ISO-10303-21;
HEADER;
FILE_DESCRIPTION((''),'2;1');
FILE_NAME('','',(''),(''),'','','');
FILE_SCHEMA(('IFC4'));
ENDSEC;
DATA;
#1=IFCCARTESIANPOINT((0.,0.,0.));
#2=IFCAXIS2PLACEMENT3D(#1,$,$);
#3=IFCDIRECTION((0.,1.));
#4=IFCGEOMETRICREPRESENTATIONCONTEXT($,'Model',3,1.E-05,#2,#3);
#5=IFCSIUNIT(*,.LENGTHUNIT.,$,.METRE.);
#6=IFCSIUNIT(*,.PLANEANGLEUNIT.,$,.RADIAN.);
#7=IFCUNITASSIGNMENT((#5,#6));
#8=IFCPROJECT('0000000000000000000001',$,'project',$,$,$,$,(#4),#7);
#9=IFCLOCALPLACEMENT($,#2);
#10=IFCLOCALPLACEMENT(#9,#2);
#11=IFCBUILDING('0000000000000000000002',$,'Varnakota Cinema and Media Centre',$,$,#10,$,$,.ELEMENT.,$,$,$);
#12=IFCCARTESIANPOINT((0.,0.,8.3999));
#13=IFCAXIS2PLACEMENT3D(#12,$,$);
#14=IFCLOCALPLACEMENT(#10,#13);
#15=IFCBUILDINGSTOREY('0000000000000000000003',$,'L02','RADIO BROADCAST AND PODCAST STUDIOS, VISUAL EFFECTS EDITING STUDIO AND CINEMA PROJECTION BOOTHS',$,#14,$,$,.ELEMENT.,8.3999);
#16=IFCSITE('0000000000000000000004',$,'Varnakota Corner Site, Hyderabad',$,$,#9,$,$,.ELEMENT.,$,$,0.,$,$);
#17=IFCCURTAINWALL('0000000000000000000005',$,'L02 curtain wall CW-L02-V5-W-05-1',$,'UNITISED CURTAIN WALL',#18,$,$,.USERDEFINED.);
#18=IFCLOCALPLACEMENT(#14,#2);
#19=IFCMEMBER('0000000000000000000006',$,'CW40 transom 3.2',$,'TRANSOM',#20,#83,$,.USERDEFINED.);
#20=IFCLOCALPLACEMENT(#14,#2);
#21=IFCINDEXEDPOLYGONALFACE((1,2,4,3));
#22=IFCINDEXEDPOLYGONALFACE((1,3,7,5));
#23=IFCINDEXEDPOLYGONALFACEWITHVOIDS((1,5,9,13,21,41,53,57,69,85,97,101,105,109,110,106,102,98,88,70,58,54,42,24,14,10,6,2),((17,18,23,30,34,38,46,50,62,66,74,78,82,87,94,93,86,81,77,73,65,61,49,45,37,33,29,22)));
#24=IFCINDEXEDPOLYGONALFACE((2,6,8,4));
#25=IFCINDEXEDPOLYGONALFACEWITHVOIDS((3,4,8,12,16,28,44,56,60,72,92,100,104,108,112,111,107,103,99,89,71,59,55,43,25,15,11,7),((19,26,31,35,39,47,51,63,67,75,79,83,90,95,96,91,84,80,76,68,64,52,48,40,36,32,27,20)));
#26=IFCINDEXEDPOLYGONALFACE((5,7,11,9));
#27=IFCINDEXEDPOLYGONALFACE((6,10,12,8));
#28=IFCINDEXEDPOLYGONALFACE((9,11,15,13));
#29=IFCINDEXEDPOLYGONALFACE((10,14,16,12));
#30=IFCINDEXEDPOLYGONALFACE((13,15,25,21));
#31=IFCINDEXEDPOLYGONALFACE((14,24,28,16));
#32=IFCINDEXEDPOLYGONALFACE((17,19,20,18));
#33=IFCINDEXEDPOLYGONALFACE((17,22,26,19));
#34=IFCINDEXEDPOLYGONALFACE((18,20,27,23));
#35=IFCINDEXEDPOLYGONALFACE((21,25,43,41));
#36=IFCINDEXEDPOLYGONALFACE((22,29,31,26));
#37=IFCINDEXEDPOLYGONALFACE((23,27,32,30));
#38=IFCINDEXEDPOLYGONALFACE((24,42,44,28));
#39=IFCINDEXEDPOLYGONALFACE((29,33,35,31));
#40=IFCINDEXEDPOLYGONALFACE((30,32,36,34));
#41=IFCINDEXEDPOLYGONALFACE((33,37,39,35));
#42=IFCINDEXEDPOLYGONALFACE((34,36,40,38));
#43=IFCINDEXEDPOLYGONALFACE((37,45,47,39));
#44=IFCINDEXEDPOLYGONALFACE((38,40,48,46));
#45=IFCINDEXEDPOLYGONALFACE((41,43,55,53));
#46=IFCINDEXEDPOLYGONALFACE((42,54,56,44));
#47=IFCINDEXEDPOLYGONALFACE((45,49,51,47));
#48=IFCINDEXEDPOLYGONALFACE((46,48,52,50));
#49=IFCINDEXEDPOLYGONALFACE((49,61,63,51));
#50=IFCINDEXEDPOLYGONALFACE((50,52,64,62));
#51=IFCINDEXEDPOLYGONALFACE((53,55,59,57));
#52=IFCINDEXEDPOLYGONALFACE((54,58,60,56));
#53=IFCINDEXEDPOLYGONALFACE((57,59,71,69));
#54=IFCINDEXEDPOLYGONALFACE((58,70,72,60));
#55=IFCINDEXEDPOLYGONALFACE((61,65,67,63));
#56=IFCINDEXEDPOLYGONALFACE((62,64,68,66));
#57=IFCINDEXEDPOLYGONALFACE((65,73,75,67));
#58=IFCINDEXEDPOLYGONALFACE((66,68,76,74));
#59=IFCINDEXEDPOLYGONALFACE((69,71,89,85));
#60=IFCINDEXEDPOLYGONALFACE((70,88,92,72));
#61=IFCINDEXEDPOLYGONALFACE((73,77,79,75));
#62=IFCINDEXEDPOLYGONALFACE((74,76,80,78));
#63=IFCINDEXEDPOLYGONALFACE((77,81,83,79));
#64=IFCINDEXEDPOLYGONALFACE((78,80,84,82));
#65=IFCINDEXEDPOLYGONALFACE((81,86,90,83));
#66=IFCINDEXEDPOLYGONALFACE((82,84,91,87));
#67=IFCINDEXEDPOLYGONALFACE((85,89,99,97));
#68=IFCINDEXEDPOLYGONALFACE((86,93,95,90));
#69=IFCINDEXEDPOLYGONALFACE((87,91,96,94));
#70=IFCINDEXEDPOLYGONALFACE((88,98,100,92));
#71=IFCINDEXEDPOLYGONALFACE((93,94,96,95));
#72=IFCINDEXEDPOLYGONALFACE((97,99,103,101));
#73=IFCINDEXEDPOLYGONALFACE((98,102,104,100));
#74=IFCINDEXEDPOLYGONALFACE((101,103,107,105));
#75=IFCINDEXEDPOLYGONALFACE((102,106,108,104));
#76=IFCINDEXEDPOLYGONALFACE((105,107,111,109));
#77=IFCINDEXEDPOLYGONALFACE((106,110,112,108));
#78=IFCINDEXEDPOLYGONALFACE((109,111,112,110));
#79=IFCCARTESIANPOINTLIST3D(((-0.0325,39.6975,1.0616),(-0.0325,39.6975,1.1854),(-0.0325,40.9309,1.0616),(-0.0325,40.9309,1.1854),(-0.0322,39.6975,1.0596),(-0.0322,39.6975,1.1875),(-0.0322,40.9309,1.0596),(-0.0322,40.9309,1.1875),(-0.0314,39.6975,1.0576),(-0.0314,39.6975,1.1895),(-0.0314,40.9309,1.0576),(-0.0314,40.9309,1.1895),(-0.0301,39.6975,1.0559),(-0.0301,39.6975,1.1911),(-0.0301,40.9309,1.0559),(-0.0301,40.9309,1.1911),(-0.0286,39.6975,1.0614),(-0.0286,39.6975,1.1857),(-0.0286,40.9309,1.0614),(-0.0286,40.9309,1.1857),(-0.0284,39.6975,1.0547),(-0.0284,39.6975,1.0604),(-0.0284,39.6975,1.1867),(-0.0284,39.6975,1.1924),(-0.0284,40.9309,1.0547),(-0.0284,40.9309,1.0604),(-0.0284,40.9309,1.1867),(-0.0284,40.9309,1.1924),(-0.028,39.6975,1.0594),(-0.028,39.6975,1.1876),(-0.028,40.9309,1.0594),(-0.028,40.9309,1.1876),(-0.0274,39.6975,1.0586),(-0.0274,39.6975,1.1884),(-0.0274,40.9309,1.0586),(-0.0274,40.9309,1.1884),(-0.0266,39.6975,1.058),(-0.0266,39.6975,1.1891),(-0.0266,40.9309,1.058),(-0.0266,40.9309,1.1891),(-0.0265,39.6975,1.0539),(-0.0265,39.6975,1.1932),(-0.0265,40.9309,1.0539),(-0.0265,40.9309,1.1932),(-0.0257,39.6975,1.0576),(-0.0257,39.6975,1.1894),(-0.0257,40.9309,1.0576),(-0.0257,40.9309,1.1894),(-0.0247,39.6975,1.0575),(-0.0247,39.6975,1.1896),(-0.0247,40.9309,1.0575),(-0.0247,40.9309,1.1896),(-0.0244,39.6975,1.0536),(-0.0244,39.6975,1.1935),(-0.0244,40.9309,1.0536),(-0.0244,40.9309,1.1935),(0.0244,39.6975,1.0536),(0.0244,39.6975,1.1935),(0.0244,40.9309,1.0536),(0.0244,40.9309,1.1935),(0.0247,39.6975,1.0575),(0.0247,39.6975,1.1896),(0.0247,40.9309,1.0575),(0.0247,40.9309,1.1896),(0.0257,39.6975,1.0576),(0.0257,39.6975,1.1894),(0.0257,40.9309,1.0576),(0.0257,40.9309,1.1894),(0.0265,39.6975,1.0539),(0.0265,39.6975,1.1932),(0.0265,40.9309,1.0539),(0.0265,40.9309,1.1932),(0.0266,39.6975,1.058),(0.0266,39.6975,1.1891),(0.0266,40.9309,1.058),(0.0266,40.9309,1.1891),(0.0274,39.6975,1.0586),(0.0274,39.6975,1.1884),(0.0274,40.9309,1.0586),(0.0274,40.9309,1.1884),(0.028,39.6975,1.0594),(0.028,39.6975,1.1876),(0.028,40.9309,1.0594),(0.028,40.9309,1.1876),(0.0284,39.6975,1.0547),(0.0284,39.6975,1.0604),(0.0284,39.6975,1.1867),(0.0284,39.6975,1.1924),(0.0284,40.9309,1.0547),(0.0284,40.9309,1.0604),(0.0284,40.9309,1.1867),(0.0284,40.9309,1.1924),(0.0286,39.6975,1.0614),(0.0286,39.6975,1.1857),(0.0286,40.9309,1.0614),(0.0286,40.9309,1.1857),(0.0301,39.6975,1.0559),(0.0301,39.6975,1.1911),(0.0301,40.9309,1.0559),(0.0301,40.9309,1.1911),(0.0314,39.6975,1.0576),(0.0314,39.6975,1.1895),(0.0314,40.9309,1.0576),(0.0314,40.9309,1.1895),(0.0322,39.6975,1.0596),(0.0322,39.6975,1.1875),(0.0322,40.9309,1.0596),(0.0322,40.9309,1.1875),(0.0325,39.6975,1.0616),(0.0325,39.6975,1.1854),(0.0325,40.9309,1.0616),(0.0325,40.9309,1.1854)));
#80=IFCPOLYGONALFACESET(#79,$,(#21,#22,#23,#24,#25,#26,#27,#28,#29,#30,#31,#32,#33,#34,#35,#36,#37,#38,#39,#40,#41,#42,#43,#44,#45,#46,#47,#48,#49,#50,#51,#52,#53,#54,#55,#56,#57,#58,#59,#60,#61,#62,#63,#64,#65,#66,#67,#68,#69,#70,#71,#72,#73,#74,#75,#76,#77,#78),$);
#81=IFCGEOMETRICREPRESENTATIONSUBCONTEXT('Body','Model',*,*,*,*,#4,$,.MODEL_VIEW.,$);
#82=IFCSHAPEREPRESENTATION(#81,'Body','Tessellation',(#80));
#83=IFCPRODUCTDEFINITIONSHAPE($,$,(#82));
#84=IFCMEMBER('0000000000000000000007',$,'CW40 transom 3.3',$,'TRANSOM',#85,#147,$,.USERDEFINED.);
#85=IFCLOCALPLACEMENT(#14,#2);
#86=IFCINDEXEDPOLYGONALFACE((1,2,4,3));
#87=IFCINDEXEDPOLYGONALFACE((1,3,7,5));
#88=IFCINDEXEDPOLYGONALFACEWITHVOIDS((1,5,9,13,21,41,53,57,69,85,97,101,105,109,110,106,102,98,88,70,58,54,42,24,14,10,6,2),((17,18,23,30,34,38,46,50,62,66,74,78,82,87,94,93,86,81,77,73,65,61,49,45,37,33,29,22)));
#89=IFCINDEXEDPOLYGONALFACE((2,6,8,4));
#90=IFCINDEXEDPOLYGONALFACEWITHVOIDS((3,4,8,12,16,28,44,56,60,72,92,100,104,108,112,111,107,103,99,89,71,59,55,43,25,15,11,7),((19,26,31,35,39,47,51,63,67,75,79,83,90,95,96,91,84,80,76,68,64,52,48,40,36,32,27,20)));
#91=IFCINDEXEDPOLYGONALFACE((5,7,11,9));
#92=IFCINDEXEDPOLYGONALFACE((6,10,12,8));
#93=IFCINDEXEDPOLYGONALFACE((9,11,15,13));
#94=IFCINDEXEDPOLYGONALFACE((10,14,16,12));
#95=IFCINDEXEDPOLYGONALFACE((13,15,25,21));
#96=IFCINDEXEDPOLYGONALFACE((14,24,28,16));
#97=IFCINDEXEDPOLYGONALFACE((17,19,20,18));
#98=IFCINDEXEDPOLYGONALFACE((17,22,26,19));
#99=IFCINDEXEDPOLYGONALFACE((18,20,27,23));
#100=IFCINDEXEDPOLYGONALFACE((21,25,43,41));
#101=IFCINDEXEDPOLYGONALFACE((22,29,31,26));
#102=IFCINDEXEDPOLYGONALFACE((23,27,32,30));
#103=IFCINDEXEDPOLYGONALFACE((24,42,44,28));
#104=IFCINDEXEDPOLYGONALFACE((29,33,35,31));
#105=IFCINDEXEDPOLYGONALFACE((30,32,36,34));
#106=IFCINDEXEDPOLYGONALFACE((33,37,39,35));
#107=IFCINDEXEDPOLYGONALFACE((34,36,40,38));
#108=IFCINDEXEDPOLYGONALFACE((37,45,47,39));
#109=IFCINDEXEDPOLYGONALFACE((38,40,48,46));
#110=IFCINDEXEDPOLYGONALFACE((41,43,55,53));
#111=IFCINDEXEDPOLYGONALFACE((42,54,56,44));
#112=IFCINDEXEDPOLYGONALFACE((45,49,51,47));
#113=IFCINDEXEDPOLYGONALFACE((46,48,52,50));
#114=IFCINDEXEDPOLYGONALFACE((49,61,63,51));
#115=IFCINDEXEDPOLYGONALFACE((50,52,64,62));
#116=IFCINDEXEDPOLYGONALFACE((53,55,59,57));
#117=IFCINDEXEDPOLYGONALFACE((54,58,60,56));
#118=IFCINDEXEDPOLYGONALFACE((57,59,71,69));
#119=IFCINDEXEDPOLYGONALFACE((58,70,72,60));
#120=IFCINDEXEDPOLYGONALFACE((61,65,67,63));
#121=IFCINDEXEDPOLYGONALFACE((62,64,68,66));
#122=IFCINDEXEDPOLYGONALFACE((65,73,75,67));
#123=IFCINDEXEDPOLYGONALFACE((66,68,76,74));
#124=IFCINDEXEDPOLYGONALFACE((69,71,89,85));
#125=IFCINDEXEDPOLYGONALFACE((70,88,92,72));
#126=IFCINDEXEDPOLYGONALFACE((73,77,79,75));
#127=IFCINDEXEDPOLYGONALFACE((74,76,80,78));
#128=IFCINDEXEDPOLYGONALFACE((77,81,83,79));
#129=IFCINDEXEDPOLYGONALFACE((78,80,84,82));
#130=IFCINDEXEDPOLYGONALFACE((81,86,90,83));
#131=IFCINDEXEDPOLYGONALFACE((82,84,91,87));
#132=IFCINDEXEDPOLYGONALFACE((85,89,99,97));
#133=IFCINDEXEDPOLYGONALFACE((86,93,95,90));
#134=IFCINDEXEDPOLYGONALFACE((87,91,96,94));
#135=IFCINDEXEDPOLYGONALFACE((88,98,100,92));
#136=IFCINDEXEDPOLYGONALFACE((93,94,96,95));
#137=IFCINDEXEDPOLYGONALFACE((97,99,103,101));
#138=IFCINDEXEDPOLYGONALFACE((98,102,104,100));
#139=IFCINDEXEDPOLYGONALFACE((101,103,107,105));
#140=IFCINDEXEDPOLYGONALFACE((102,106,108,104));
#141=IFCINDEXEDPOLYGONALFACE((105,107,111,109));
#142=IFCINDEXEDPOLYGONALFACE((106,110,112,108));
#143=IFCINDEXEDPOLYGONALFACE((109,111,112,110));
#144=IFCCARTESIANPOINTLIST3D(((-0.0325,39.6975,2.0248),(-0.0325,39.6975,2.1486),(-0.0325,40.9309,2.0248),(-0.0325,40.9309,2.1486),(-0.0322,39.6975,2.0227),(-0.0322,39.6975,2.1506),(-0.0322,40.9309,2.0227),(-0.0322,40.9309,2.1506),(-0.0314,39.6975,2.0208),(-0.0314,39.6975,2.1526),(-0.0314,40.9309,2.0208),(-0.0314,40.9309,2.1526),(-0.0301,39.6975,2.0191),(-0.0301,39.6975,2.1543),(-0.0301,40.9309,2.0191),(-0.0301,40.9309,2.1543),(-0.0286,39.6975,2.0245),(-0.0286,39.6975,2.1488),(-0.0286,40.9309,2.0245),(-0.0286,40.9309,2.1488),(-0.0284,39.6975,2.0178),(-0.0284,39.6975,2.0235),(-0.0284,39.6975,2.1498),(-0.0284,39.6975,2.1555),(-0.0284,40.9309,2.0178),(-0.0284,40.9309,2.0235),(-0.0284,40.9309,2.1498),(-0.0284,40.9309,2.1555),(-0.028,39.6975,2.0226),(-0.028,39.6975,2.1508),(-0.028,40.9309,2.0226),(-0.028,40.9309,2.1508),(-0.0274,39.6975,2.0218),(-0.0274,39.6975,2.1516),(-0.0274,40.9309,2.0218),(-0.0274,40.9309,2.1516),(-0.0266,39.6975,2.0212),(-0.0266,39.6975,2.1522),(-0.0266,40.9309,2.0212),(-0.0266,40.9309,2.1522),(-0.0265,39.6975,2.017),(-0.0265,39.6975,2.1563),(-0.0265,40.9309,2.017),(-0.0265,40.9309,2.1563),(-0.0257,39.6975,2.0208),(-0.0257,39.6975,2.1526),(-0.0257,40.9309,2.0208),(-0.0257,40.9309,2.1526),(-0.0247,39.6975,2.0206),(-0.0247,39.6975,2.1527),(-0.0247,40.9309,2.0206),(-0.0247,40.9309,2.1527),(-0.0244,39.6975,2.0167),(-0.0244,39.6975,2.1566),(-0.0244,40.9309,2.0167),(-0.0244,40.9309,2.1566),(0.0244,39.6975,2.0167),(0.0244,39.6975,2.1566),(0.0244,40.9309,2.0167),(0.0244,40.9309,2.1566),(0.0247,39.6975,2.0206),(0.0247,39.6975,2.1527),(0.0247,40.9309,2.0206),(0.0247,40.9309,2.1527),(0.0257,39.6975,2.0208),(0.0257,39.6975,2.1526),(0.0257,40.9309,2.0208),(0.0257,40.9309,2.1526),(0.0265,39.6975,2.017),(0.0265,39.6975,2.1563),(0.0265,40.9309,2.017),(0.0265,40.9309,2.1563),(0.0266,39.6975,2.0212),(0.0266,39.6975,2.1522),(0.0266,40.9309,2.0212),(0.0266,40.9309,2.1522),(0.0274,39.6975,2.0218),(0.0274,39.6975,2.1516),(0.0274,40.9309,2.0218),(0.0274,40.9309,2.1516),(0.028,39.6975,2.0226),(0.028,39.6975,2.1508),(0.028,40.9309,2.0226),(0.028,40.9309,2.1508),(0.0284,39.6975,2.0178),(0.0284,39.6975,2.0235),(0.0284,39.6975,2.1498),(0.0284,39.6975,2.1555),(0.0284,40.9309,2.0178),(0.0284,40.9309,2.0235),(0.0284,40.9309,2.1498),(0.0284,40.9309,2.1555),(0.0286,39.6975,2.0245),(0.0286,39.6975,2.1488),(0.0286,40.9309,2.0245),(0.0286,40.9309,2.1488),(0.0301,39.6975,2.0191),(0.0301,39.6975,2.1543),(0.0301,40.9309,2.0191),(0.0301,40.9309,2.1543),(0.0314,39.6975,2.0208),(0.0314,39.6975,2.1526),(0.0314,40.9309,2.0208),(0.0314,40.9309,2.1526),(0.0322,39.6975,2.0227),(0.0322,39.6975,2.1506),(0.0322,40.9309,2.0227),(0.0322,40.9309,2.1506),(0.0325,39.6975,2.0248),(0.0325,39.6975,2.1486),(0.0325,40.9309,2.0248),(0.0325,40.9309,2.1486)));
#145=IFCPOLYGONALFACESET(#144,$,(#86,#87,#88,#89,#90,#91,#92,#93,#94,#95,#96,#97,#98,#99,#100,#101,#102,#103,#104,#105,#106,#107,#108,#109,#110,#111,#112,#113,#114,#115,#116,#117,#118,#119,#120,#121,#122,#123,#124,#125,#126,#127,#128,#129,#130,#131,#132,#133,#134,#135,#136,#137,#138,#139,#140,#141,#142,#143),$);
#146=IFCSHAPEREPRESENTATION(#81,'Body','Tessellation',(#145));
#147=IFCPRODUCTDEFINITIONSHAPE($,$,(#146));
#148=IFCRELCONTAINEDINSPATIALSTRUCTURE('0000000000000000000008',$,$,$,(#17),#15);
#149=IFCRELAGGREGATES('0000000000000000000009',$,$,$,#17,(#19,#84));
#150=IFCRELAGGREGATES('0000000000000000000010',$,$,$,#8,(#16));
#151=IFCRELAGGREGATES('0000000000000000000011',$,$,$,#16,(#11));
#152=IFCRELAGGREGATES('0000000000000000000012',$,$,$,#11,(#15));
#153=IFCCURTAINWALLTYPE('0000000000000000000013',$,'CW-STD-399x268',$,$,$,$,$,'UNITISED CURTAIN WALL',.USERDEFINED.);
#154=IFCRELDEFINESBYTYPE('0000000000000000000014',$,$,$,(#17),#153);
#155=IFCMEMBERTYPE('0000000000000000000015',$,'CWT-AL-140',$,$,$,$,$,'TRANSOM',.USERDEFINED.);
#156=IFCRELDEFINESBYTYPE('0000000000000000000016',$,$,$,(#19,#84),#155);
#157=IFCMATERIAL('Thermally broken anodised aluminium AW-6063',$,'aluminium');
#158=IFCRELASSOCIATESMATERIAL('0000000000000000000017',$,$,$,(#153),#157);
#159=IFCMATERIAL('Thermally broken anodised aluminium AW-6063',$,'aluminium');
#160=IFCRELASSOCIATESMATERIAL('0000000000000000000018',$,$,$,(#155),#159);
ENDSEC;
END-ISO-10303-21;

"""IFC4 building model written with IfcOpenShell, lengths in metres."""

from ifc_helpers import new_model, si_unit, direction, frame, origin, origin_2d, place, context, subcontext, project, spatial, hollow_rectangle, extrude, material, material_profile, profile_set, type_object, element, aggregate, save


model = new_model("IFC4")

# Units and contexts
model_context = context("Model", 3, precision=1e-05, world=origin(), true_north=direction((0.0, 1.0)))
body_context = subcontext(model_context, "Body", "Model", "MODEL_VIEW")
ifc_project = project(units=[si_unit("LENGTHUNIT", "METRE"), si_unit("PLANEANGLEUNIT", "RADIAN")], contexts=[model_context])

# Site, building, storey
site_placement = place(None, origin())
site = spatial("IfcSite", under=ifc_project, at=site_placement, Name="Varnakota Corner Site, Hyderabad", CompositionType="ELEMENT", RefElevation=0.0)
building_placement = place(site_placement, origin())
building = spatial("IfcBuilding", under=site, at=building_placement, Name="Varnakota Cinema and Media Centre", CompositionType="ELEMENT")
storey_placement = place(building_placement, frame((0.0, 0.0, 8.3999)))
storey = spatial("IfcBuildingStorey", under=building, at=storey_placement, Name="L02", Description="RADIO BROADCAST AND PODCAST STUDIOS, VISUAL EFFECTS EDITING STUDIO AND CINEMA PROJECTION BOOTHS", CompositionType="ELEMENT", Elevation=8.3999)

# Curtain wall
ifc_material_1 = material(Name="Thermally broken anodised aluminium AW-6063", Category="aluminium")
curtain_wall_type = type_object("IfcCurtainWallType", Name="CW-STD-399x268", ElementType="UNITISED CURTAIN WALL", PredefinedType="USERDEFINED", material=ifc_material_1)
curtain_wall_1_placement = place(storey_placement, origin())
curtain_wall_1 = element("IfcCurtainWall", 1, at=curtain_wall_1_placement, inside=storey, type_object=curtain_wall_type, Name="L02 curtain wall CW-L02-V5-W-05-1", ObjectType="UNITISED CURTAIN WALL", PredefinedType="USERDEFINED")

# Members
ifc_material_2 = material(Name="Thermally broken anodised aluminium AW-6063", Category="aluminium")
ifc_material_profile_1 = material_profile(ifc_material_2, hollow_rectangle(XDim=0.0649, YDim=0.1399, WallThickness=0.0039, InnerFilletRadius=0.0039, OuterFilletRadius=0.0081, at=origin_2d()), Name="AL-TRANSOM 140x65x4")
ifc_profile_set_1 = profile_set([ifc_material_profile_1], Name="Thermally broken anodised aluminium AW-6063")
member_type_1 = type_object("IfcMemberType", Name="CWT-AL-140", ElementType="TRANSOM", PredefinedType="USERDEFINED", material=ifc_profile_set_1)
member_1_placement = place(storey_placement, frame((0.0, 40.9309, 1.1235), z_axis=(0.0, -1.0, 0.0), x_axis=(1.0, 0.0, 0.0)))
member_1 = element("IfcMember", 2, at=member_1_placement, type_object=member_type_1, Name="CW40 transom 3.2", ObjectType="TRANSOM", PredefinedType="USERDEFINED", context=body_context, shape_type="SweptSolid", body=[
    extrude(hollow_rectangle(XDim=0.0649, YDim=0.1399, WallThickness=0.0039, InnerFilletRadius=0.0039, OuterFilletRadius=0.0081, at=origin_2d()), origin(), (0.0, 0.0, 1.0), 1.2334),
])
member_2_placement = place(storey_placement, frame((0.0, 40.9309, 2.0867), z_axis=(0.0, -1.0, 0.0), x_axis=(1.0, 0.0, 0.0)))
member_2 = element("IfcMember", 3, at=member_2_placement, type_object=member_type_1, Name="CW40 transom 3.3", ObjectType="TRANSOM", PredefinedType="USERDEFINED", context=body_context, shape_type="SweptSolid", body=[
    extrude(hollow_rectangle(XDim=0.0649, YDim=0.1399, WallThickness=0.0039, InnerFilletRadius=0.0039, OuterFilletRadius=0.0081, at=origin_2d()), origin(), (0.0, 0.0, 1.0), 1.2334),
])

aggregate(curtain_wall_1, [member_1, member_2])

save(model, "model.ifc")
